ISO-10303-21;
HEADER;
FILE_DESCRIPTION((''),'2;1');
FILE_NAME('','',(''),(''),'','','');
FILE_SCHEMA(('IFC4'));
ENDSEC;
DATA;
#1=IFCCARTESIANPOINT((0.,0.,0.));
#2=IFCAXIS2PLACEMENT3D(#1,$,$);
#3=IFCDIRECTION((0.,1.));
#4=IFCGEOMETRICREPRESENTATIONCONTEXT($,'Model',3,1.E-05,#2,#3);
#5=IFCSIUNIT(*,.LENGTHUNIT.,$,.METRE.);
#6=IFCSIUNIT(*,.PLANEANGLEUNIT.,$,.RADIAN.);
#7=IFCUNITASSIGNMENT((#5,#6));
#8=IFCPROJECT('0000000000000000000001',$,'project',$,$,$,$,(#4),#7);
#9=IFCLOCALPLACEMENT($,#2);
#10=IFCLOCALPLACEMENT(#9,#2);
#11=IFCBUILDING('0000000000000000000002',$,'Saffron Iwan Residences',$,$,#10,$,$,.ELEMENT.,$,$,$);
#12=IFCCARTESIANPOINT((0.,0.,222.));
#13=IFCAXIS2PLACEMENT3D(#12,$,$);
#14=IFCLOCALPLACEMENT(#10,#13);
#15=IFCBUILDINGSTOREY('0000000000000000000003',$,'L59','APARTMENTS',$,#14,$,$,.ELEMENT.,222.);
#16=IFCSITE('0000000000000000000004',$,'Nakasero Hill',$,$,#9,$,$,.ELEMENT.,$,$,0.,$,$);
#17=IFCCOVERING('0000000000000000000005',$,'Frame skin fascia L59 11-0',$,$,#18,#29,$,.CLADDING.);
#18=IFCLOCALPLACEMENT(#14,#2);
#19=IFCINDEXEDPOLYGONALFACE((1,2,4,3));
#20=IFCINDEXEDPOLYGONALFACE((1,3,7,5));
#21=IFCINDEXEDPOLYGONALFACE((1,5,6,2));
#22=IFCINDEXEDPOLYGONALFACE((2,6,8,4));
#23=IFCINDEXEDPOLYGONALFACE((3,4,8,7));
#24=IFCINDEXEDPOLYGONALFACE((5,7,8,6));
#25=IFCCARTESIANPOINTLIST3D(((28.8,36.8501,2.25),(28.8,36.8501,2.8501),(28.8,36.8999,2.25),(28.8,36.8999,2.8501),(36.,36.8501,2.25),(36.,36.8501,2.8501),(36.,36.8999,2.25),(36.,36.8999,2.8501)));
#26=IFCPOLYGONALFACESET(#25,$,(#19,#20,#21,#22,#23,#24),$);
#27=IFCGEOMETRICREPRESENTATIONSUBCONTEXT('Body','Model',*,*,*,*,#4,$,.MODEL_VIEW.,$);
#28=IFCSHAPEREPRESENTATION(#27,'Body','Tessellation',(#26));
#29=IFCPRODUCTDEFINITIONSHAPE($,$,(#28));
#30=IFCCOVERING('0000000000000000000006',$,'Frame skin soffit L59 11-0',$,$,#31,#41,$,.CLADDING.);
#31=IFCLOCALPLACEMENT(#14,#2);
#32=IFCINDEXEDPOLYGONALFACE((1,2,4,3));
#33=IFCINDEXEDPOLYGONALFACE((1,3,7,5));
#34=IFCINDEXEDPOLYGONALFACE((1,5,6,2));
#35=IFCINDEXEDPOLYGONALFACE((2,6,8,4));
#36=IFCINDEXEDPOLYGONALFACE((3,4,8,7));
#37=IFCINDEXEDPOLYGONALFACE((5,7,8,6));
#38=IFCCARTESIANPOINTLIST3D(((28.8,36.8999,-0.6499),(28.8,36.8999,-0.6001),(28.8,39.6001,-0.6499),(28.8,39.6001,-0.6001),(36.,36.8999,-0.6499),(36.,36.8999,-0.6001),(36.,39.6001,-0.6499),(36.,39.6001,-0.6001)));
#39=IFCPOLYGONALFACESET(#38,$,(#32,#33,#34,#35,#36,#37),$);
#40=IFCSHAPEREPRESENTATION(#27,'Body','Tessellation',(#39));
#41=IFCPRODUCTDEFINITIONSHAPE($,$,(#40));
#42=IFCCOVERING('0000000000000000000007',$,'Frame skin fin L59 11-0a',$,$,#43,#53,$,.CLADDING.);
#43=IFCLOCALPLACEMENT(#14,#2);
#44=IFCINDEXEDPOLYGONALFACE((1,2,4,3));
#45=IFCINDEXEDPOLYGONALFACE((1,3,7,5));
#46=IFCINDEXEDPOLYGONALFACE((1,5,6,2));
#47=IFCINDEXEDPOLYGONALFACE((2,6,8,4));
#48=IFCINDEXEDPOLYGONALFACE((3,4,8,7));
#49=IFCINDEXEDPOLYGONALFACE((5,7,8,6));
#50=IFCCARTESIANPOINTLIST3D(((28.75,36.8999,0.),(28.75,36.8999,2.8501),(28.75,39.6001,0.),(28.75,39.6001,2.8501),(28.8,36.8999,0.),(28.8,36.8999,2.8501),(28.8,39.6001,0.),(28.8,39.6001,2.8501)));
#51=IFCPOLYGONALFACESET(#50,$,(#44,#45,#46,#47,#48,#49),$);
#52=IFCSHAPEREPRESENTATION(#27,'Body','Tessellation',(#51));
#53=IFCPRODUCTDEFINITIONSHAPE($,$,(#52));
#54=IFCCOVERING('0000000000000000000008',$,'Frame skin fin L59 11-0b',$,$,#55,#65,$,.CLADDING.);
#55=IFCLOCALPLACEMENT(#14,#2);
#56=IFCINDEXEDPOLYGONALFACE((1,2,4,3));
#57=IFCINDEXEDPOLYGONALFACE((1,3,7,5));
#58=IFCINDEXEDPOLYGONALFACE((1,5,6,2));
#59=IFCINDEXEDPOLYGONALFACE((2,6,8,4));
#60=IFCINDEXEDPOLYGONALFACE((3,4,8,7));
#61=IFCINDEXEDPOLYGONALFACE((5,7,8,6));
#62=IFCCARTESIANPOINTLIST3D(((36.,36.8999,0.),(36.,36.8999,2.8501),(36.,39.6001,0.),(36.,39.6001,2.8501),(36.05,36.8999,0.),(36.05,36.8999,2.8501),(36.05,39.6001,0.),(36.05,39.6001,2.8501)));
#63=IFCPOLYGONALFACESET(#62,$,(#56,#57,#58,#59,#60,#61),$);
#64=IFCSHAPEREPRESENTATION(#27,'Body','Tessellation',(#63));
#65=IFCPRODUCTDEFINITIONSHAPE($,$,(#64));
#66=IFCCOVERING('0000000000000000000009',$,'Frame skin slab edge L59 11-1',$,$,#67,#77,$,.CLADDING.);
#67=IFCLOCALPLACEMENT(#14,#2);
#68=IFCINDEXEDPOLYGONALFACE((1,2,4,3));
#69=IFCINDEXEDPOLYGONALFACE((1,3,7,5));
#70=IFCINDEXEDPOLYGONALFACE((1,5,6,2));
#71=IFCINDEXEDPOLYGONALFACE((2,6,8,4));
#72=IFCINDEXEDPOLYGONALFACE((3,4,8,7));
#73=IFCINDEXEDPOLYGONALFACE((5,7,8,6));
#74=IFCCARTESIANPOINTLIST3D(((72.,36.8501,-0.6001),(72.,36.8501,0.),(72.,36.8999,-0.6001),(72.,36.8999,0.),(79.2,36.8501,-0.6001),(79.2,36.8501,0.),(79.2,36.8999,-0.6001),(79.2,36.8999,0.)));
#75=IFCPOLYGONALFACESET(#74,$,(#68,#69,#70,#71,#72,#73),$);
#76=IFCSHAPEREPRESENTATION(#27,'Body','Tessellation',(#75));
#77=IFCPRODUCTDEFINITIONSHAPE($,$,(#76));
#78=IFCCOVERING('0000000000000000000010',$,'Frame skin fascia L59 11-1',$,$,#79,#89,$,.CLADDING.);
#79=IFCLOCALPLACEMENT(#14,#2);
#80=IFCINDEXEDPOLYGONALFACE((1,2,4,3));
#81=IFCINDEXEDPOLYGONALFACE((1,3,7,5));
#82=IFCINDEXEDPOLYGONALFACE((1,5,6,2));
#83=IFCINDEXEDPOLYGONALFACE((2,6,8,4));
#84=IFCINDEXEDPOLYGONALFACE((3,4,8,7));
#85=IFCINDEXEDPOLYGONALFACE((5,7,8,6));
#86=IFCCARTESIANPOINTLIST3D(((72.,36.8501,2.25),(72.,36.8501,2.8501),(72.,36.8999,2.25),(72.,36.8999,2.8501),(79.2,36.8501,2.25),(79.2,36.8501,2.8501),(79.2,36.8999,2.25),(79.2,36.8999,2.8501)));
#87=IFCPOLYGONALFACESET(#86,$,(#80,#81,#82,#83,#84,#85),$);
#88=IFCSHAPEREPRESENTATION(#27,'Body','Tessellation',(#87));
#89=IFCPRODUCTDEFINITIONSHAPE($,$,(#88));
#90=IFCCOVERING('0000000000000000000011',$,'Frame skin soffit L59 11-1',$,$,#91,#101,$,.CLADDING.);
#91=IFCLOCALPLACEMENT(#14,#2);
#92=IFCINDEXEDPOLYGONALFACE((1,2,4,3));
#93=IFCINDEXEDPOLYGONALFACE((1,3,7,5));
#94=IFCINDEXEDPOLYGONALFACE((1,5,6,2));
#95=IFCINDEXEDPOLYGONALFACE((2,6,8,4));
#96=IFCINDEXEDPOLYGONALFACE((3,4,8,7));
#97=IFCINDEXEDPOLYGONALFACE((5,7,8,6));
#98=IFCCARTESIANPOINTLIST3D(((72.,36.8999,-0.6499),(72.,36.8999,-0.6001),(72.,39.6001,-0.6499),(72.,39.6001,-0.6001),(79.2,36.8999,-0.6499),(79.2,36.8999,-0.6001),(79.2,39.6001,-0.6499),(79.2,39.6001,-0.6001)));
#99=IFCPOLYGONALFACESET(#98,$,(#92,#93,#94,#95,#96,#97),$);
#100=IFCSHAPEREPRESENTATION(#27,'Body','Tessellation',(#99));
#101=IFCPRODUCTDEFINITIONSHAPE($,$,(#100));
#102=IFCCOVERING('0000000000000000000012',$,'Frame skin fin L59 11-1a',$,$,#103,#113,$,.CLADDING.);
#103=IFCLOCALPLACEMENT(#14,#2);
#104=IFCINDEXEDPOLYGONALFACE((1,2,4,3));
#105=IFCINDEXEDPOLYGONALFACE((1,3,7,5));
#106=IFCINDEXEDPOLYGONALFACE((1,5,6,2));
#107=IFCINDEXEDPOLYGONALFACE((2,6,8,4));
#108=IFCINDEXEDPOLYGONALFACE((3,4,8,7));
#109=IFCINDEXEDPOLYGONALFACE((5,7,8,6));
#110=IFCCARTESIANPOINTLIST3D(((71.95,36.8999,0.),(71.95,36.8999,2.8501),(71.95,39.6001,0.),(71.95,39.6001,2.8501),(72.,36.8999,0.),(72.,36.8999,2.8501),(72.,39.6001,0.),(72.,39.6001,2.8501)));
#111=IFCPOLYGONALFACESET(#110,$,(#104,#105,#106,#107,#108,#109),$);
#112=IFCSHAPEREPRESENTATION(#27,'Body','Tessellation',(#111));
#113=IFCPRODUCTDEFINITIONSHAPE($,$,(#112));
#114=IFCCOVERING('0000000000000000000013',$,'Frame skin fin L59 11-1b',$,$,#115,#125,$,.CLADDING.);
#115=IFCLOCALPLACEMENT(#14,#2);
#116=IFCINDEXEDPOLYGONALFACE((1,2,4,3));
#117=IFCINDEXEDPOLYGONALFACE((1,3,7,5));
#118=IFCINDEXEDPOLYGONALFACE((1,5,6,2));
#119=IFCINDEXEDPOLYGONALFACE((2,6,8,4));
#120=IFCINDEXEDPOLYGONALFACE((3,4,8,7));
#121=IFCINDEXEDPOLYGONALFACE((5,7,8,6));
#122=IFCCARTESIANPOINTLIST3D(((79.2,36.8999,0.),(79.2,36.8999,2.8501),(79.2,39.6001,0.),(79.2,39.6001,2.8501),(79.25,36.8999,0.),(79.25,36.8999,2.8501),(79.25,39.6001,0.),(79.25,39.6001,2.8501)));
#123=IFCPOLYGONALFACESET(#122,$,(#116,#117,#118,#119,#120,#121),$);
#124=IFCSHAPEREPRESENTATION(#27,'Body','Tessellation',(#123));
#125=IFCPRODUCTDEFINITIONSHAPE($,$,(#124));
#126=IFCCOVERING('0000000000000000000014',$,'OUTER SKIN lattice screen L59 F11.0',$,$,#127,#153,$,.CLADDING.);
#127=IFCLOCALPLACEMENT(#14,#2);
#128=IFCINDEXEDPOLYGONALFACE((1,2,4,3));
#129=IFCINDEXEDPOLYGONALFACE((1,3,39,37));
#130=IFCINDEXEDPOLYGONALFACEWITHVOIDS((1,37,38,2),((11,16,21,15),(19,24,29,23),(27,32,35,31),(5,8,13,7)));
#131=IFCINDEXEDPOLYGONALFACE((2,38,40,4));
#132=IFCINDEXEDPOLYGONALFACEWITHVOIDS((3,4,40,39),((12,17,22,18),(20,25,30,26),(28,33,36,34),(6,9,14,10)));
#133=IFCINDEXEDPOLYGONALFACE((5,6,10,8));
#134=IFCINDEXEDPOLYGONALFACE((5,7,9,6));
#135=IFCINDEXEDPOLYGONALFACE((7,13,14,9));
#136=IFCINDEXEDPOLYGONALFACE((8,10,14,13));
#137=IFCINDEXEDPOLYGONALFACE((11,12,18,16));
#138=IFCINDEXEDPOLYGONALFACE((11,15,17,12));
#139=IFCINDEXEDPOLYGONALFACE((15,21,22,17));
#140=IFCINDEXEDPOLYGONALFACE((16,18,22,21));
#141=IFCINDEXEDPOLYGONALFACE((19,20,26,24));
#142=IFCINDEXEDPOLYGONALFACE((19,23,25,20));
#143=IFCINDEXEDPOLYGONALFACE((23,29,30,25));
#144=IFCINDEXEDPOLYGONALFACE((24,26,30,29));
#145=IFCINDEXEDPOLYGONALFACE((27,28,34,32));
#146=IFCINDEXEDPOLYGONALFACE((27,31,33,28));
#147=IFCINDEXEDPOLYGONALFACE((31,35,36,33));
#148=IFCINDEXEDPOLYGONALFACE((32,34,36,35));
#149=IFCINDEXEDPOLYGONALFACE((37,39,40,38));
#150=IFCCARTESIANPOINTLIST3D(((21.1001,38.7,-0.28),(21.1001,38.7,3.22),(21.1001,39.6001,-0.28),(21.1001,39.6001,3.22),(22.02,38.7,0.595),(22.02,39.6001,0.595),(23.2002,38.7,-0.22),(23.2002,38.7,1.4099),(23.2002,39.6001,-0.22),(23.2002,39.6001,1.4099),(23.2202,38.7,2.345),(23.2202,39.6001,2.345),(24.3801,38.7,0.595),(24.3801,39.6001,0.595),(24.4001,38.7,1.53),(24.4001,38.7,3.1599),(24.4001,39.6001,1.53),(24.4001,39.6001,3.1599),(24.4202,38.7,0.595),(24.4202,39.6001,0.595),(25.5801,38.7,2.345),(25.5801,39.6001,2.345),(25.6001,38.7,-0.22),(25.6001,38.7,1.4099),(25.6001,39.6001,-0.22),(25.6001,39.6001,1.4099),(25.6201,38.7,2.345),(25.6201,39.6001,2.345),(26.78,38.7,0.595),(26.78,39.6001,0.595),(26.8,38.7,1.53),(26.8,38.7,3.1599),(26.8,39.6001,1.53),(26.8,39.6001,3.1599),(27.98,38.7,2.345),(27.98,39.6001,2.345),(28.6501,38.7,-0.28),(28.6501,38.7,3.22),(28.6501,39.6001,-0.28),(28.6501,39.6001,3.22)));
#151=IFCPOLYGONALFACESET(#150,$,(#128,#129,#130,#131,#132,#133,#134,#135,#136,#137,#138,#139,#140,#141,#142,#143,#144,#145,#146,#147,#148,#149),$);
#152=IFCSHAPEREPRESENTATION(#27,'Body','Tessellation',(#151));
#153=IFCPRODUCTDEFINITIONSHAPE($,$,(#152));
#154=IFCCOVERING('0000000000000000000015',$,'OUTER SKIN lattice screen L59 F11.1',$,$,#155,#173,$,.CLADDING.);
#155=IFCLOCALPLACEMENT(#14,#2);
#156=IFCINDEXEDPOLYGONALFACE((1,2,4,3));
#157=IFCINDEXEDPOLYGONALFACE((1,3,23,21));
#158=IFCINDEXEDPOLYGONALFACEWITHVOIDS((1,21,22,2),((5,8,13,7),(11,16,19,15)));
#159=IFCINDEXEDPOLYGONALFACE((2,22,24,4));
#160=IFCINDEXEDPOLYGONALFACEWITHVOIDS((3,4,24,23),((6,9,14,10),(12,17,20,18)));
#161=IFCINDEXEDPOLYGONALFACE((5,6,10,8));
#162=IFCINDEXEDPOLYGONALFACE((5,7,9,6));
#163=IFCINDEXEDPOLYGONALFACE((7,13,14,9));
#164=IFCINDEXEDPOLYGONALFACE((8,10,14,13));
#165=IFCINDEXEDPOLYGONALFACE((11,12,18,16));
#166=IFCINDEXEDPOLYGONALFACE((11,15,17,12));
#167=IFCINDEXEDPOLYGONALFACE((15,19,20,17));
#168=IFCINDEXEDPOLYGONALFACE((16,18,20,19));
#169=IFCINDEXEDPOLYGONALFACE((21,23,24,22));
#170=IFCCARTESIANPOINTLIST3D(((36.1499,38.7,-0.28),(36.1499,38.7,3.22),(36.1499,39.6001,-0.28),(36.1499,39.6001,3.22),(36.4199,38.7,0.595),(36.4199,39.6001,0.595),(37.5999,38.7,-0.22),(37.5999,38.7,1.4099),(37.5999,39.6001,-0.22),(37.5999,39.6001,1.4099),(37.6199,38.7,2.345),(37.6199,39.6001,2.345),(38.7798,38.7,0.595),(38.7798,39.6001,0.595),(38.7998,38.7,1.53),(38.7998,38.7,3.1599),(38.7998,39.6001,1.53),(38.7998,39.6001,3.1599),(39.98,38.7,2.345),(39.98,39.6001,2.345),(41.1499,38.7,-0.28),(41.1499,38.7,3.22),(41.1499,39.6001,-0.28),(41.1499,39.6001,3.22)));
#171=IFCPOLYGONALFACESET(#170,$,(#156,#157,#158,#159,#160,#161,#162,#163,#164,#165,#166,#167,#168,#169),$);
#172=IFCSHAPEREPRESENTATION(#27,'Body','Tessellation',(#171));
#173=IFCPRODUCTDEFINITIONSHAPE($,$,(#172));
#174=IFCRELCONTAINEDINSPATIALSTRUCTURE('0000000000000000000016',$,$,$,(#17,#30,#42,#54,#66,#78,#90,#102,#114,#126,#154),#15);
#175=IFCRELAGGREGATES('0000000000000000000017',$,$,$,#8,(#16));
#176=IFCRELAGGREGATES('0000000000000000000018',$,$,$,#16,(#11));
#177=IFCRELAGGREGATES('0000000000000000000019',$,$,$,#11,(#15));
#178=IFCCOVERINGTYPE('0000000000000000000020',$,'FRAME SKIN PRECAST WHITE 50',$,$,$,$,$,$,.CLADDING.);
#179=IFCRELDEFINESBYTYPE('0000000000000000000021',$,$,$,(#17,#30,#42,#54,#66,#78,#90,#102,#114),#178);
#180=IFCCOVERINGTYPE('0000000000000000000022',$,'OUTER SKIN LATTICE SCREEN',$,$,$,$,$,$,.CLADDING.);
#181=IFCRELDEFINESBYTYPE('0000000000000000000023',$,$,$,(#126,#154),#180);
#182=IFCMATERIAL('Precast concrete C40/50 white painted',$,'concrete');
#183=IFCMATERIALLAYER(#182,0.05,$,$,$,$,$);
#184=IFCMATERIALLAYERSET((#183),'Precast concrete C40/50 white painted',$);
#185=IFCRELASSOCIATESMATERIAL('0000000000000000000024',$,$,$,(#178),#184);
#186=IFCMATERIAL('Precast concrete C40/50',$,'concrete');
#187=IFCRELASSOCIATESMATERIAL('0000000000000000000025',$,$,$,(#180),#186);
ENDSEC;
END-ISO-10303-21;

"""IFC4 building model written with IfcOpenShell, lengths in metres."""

from ifc_helpers import new_model, si_unit, direction, frame, origin, place, context, subcontext, project, spatial, polyline, outline, extrude, material, layer, layer_set, type_object, element, save


model = new_model("IFC4")

# Units and contexts
model_context = context("Model", 3, precision=1e-05, world=origin(), true_north=direction((0.0, 1.0)))
body_context = subcontext(model_context, "Body", "Model", "MODEL_VIEW")
ifc_project = project(units=[si_unit("LENGTHUNIT", "METRE"), si_unit("PLANEANGLEUNIT", "RADIAN")], contexts=[model_context])

# Site, building, storey
site_placement = place(None, origin())
site = spatial("IfcSite", under=ifc_project, at=site_placement, Name="Nakasero Hill", CompositionType="ELEMENT", RefElevation=0.0)
building_placement = place(site_placement, origin())
building = spatial("IfcBuilding", under=site, at=building_placement, Name="Saffron Iwan Residences", CompositionType="ELEMENT")
storey_placement = place(building_placement, frame((0.0, 0.0, 222.0)))
storey = spatial("IfcBuildingStorey", under=building, at=storey_placement, Name="L59", Description="APARTMENTS", CompositionType="ELEMENT", Elevation=222.0)

# Coverings
ifc_material_1 = material(Name="Precast concrete C40/50 white painted", Category="concrete")
ifc_layer_1 = layer(ifc_material_1, 0.05)
ifc_layer_set_1 = layer_set([ifc_layer_1], Name="Precast concrete C40/50 white painted")
covering_type_1 = type_object("IfcCoveringType", Name="FRAME SKIN PRECAST WHITE 50", PredefinedType="CLADDING", material=ifc_layer_set_1)
for number, where, name in (
    (1, (0.0, 0.0, 2.25), "Frame skin fascia L59 11-0"),
):
    element("IfcCovering", number, at=place(storey_placement, frame(where)), inside=storey, type_object=covering_type_1, Name=name, PredefinedType="CLADDING", context=body_context, shape_type="SweptSolid", body=[
        extrude(outline(polyline([(28.8, 36.8501), (36.0, 36.8501), (36.0, 36.8999), (28.8, 36.8999), (28.8, 36.8501)])), origin(), (0.0, 0.0, 1.0), 0.6001),
    ])
covering_1_placement = place(storey_placement, frame((0.0, 0.0, -0.6499)))
element("IfcCovering", 2, at=covering_1_placement, inside=storey, type_object=covering_type_1, Name="Frame skin soffit L59 11-0", PredefinedType="CLADDING", context=body_context, shape_type="SweptSolid", body=[
    extrude(outline(polyline([(28.8, 36.8999), (36.0, 36.8999), (36.0, 39.6001), (28.8, 39.6001), (28.8, 36.8999)])), origin(), (0.0, 0.0, 1.0), 0.0498),
])
covering_2_placement = place(storey_placement, origin())
element("IfcCovering", 3, at=covering_2_placement, inside=storey, type_object=covering_type_1, Name="Frame skin fin L59 11-0a", PredefinedType="CLADDING", context=body_context, shape_type="SweptSolid", body=[
    extrude(outline(polyline([(28.75, 36.8999), (28.8, 36.8999), (28.8, 39.6001), (28.75, 39.6001), (28.75, 36.8999)])), origin(), (0.0, 0.0, 1.0), 2.8501),
])
covering_3_placement = place(storey_placement, origin())
element("IfcCovering", 4, at=covering_3_placement, inside=storey, type_object=covering_type_1, Name="Frame skin fin L59 11-0b", PredefinedType="CLADDING", context=body_context, shape_type="SweptSolid", body=[
    extrude(outline(polyline([(36.0, 36.8999), (36.05, 36.8999), (36.05, 39.6001), (36.0, 39.6001), (36.0, 36.8999)])), origin(), (0.0, 0.0, 1.0), 2.8501),
])
for number, where, name in (
    (5, (0.0, 0.0, -0.6001), "Frame skin slab edge L59 11-1"),
    (6, (0.0, 0.0, 2.25), "Frame skin fascia L59 11-1"),
):
    element("IfcCovering", number, at=place(storey_placement, frame(where)), inside=storey, type_object=covering_type_1, Name=name, PredefinedType="CLADDING", context=body_context, shape_type="SweptSolid", body=[
        extrude(outline(polyline([(72.0, 36.8501), (79.2, 36.8501), (79.2, 36.8999), (72.0, 36.8999), (72.0, 36.8501)])), origin(), (0.0, 0.0, 1.0), 0.6001),
    ])
covering_4_placement = place(storey_placement, frame((0.0, 0.0, -0.6499)))
element("IfcCovering", 7, at=covering_4_placement, inside=storey, type_object=covering_type_1, Name="Frame skin soffit L59 11-1", PredefinedType="CLADDING", context=body_context, shape_type="SweptSolid", body=[
    extrude(outline(polyline([(72.0, 36.8999), (79.2, 36.8999), (79.2, 39.6001), (72.0, 39.6001), (72.0, 36.8999)])), origin(), (0.0, 0.0, 1.0), 0.0498),
])
covering_5_placement = place(storey_placement, origin())
element("IfcCovering", 8, at=covering_5_placement, inside=storey, type_object=covering_type_1, Name="Frame skin fin L59 11-1a", PredefinedType="CLADDING", context=body_context, shape_type="SweptSolid", body=[
    extrude(outline(polyline([(71.95, 36.8999), (72.0, 36.8999), (72.0, 39.6001), (71.95, 39.6001), (71.95, 36.8999)])), origin(), (0.0, 0.0, 1.0), 2.8501),
])
covering_6_placement = place(storey_placement, origin())
element("IfcCovering", 9, at=covering_6_placement, inside=storey, type_object=covering_type_1, Name="Frame skin fin L59 11-1b", PredefinedType="CLADDING", context=body_context, shape_type="SweptSolid", body=[
    extrude(outline(polyline([(79.2, 36.8999), (79.25, 36.8999), (79.25, 39.6001), (79.2, 39.6001), (79.2, 36.8999)])), origin(), (0.0, 0.0, 1.0), 2.8501),
])
ifc_material_2 = material(Name="Precast concrete C40/50", Category="concrete")
covering_type_2 = type_object("IfcCoveringType", Name="OUTER SKIN LATTICE SCREEN", PredefinedType="CLADDING", material=ifc_material_2)
covering_7_placement = place(storey_placement, frame((21.1001, 39.6001, -0.28), z_axis=(0.0, -1.0, 0.0), x_axis=(1.0, 0.0, 0.0)))
element("IfcCovering", 10, at=covering_7_placement, inside=storey, type_object=covering_type_2, Name="OUTER SKIN lattice screen L59 F11.0", PredefinedType="CLADDING", context=body_context, shape_type="SweptSolid", body=[
    extrude(outline(polyline([(0.0, 0.0), (7.55, 0.0), (7.55, 3.5), (0.0, 3.5), (0.0, 0.0)]), holes=[polyline([(0.9199, 0.875), (2.1001, 0.0601), (3.28, 0.875), (2.1001, 1.6899), (0.9199, 0.875)]), polyline([(3.3201, 0.875), (4.5, 0.0601), (5.6799, 0.875), (4.5, 1.6899), (3.3201, 0.875)]), polyline([(2.1201, 2.625), (3.3, 1.8101), (4.48, 2.625), (3.3, 3.4399), (2.1201, 2.625)]), polyline([(4.52, 2.625), (5.7, 1.8101), (6.8799, 2.625), (5.7, 3.4399), (4.52, 2.625)])]), origin(), (0.0, 0.0, 1.0), 0.9001),
])
covering_8_placement = place(storey_placement, frame((36.1499, 39.6001, -0.28), z_axis=(0.0, -1.0, 0.0), x_axis=(1.0, 0.0, 0.0)))
element("IfcCovering", 11, at=covering_8_placement, inside=storey, type_object=covering_type_2, Name="OUTER SKIN lattice screen L59 F11.1", PredefinedType="CLADDING", context=body_context, shape_type="SweptSolid", body=[
    extrude(outline(polyline([(0.0, 0.0), (5.0, 0.0), (5.0, 3.5), (0.0, 3.5), (0.0, 0.0)]), holes=[polyline([(0.27, 0.875), (1.45, 0.0601), (2.6299, 0.875), (1.45, 1.6899), (0.27, 0.875)]), polyline([(1.47, 2.625), (2.6499, 1.8101), (3.8301, 2.625), (2.6499, 3.4399), (1.47, 2.625)])]), origin(), (0.0, 0.0, 1.0), 0.9001),
])

save(model, "model.ifc")
